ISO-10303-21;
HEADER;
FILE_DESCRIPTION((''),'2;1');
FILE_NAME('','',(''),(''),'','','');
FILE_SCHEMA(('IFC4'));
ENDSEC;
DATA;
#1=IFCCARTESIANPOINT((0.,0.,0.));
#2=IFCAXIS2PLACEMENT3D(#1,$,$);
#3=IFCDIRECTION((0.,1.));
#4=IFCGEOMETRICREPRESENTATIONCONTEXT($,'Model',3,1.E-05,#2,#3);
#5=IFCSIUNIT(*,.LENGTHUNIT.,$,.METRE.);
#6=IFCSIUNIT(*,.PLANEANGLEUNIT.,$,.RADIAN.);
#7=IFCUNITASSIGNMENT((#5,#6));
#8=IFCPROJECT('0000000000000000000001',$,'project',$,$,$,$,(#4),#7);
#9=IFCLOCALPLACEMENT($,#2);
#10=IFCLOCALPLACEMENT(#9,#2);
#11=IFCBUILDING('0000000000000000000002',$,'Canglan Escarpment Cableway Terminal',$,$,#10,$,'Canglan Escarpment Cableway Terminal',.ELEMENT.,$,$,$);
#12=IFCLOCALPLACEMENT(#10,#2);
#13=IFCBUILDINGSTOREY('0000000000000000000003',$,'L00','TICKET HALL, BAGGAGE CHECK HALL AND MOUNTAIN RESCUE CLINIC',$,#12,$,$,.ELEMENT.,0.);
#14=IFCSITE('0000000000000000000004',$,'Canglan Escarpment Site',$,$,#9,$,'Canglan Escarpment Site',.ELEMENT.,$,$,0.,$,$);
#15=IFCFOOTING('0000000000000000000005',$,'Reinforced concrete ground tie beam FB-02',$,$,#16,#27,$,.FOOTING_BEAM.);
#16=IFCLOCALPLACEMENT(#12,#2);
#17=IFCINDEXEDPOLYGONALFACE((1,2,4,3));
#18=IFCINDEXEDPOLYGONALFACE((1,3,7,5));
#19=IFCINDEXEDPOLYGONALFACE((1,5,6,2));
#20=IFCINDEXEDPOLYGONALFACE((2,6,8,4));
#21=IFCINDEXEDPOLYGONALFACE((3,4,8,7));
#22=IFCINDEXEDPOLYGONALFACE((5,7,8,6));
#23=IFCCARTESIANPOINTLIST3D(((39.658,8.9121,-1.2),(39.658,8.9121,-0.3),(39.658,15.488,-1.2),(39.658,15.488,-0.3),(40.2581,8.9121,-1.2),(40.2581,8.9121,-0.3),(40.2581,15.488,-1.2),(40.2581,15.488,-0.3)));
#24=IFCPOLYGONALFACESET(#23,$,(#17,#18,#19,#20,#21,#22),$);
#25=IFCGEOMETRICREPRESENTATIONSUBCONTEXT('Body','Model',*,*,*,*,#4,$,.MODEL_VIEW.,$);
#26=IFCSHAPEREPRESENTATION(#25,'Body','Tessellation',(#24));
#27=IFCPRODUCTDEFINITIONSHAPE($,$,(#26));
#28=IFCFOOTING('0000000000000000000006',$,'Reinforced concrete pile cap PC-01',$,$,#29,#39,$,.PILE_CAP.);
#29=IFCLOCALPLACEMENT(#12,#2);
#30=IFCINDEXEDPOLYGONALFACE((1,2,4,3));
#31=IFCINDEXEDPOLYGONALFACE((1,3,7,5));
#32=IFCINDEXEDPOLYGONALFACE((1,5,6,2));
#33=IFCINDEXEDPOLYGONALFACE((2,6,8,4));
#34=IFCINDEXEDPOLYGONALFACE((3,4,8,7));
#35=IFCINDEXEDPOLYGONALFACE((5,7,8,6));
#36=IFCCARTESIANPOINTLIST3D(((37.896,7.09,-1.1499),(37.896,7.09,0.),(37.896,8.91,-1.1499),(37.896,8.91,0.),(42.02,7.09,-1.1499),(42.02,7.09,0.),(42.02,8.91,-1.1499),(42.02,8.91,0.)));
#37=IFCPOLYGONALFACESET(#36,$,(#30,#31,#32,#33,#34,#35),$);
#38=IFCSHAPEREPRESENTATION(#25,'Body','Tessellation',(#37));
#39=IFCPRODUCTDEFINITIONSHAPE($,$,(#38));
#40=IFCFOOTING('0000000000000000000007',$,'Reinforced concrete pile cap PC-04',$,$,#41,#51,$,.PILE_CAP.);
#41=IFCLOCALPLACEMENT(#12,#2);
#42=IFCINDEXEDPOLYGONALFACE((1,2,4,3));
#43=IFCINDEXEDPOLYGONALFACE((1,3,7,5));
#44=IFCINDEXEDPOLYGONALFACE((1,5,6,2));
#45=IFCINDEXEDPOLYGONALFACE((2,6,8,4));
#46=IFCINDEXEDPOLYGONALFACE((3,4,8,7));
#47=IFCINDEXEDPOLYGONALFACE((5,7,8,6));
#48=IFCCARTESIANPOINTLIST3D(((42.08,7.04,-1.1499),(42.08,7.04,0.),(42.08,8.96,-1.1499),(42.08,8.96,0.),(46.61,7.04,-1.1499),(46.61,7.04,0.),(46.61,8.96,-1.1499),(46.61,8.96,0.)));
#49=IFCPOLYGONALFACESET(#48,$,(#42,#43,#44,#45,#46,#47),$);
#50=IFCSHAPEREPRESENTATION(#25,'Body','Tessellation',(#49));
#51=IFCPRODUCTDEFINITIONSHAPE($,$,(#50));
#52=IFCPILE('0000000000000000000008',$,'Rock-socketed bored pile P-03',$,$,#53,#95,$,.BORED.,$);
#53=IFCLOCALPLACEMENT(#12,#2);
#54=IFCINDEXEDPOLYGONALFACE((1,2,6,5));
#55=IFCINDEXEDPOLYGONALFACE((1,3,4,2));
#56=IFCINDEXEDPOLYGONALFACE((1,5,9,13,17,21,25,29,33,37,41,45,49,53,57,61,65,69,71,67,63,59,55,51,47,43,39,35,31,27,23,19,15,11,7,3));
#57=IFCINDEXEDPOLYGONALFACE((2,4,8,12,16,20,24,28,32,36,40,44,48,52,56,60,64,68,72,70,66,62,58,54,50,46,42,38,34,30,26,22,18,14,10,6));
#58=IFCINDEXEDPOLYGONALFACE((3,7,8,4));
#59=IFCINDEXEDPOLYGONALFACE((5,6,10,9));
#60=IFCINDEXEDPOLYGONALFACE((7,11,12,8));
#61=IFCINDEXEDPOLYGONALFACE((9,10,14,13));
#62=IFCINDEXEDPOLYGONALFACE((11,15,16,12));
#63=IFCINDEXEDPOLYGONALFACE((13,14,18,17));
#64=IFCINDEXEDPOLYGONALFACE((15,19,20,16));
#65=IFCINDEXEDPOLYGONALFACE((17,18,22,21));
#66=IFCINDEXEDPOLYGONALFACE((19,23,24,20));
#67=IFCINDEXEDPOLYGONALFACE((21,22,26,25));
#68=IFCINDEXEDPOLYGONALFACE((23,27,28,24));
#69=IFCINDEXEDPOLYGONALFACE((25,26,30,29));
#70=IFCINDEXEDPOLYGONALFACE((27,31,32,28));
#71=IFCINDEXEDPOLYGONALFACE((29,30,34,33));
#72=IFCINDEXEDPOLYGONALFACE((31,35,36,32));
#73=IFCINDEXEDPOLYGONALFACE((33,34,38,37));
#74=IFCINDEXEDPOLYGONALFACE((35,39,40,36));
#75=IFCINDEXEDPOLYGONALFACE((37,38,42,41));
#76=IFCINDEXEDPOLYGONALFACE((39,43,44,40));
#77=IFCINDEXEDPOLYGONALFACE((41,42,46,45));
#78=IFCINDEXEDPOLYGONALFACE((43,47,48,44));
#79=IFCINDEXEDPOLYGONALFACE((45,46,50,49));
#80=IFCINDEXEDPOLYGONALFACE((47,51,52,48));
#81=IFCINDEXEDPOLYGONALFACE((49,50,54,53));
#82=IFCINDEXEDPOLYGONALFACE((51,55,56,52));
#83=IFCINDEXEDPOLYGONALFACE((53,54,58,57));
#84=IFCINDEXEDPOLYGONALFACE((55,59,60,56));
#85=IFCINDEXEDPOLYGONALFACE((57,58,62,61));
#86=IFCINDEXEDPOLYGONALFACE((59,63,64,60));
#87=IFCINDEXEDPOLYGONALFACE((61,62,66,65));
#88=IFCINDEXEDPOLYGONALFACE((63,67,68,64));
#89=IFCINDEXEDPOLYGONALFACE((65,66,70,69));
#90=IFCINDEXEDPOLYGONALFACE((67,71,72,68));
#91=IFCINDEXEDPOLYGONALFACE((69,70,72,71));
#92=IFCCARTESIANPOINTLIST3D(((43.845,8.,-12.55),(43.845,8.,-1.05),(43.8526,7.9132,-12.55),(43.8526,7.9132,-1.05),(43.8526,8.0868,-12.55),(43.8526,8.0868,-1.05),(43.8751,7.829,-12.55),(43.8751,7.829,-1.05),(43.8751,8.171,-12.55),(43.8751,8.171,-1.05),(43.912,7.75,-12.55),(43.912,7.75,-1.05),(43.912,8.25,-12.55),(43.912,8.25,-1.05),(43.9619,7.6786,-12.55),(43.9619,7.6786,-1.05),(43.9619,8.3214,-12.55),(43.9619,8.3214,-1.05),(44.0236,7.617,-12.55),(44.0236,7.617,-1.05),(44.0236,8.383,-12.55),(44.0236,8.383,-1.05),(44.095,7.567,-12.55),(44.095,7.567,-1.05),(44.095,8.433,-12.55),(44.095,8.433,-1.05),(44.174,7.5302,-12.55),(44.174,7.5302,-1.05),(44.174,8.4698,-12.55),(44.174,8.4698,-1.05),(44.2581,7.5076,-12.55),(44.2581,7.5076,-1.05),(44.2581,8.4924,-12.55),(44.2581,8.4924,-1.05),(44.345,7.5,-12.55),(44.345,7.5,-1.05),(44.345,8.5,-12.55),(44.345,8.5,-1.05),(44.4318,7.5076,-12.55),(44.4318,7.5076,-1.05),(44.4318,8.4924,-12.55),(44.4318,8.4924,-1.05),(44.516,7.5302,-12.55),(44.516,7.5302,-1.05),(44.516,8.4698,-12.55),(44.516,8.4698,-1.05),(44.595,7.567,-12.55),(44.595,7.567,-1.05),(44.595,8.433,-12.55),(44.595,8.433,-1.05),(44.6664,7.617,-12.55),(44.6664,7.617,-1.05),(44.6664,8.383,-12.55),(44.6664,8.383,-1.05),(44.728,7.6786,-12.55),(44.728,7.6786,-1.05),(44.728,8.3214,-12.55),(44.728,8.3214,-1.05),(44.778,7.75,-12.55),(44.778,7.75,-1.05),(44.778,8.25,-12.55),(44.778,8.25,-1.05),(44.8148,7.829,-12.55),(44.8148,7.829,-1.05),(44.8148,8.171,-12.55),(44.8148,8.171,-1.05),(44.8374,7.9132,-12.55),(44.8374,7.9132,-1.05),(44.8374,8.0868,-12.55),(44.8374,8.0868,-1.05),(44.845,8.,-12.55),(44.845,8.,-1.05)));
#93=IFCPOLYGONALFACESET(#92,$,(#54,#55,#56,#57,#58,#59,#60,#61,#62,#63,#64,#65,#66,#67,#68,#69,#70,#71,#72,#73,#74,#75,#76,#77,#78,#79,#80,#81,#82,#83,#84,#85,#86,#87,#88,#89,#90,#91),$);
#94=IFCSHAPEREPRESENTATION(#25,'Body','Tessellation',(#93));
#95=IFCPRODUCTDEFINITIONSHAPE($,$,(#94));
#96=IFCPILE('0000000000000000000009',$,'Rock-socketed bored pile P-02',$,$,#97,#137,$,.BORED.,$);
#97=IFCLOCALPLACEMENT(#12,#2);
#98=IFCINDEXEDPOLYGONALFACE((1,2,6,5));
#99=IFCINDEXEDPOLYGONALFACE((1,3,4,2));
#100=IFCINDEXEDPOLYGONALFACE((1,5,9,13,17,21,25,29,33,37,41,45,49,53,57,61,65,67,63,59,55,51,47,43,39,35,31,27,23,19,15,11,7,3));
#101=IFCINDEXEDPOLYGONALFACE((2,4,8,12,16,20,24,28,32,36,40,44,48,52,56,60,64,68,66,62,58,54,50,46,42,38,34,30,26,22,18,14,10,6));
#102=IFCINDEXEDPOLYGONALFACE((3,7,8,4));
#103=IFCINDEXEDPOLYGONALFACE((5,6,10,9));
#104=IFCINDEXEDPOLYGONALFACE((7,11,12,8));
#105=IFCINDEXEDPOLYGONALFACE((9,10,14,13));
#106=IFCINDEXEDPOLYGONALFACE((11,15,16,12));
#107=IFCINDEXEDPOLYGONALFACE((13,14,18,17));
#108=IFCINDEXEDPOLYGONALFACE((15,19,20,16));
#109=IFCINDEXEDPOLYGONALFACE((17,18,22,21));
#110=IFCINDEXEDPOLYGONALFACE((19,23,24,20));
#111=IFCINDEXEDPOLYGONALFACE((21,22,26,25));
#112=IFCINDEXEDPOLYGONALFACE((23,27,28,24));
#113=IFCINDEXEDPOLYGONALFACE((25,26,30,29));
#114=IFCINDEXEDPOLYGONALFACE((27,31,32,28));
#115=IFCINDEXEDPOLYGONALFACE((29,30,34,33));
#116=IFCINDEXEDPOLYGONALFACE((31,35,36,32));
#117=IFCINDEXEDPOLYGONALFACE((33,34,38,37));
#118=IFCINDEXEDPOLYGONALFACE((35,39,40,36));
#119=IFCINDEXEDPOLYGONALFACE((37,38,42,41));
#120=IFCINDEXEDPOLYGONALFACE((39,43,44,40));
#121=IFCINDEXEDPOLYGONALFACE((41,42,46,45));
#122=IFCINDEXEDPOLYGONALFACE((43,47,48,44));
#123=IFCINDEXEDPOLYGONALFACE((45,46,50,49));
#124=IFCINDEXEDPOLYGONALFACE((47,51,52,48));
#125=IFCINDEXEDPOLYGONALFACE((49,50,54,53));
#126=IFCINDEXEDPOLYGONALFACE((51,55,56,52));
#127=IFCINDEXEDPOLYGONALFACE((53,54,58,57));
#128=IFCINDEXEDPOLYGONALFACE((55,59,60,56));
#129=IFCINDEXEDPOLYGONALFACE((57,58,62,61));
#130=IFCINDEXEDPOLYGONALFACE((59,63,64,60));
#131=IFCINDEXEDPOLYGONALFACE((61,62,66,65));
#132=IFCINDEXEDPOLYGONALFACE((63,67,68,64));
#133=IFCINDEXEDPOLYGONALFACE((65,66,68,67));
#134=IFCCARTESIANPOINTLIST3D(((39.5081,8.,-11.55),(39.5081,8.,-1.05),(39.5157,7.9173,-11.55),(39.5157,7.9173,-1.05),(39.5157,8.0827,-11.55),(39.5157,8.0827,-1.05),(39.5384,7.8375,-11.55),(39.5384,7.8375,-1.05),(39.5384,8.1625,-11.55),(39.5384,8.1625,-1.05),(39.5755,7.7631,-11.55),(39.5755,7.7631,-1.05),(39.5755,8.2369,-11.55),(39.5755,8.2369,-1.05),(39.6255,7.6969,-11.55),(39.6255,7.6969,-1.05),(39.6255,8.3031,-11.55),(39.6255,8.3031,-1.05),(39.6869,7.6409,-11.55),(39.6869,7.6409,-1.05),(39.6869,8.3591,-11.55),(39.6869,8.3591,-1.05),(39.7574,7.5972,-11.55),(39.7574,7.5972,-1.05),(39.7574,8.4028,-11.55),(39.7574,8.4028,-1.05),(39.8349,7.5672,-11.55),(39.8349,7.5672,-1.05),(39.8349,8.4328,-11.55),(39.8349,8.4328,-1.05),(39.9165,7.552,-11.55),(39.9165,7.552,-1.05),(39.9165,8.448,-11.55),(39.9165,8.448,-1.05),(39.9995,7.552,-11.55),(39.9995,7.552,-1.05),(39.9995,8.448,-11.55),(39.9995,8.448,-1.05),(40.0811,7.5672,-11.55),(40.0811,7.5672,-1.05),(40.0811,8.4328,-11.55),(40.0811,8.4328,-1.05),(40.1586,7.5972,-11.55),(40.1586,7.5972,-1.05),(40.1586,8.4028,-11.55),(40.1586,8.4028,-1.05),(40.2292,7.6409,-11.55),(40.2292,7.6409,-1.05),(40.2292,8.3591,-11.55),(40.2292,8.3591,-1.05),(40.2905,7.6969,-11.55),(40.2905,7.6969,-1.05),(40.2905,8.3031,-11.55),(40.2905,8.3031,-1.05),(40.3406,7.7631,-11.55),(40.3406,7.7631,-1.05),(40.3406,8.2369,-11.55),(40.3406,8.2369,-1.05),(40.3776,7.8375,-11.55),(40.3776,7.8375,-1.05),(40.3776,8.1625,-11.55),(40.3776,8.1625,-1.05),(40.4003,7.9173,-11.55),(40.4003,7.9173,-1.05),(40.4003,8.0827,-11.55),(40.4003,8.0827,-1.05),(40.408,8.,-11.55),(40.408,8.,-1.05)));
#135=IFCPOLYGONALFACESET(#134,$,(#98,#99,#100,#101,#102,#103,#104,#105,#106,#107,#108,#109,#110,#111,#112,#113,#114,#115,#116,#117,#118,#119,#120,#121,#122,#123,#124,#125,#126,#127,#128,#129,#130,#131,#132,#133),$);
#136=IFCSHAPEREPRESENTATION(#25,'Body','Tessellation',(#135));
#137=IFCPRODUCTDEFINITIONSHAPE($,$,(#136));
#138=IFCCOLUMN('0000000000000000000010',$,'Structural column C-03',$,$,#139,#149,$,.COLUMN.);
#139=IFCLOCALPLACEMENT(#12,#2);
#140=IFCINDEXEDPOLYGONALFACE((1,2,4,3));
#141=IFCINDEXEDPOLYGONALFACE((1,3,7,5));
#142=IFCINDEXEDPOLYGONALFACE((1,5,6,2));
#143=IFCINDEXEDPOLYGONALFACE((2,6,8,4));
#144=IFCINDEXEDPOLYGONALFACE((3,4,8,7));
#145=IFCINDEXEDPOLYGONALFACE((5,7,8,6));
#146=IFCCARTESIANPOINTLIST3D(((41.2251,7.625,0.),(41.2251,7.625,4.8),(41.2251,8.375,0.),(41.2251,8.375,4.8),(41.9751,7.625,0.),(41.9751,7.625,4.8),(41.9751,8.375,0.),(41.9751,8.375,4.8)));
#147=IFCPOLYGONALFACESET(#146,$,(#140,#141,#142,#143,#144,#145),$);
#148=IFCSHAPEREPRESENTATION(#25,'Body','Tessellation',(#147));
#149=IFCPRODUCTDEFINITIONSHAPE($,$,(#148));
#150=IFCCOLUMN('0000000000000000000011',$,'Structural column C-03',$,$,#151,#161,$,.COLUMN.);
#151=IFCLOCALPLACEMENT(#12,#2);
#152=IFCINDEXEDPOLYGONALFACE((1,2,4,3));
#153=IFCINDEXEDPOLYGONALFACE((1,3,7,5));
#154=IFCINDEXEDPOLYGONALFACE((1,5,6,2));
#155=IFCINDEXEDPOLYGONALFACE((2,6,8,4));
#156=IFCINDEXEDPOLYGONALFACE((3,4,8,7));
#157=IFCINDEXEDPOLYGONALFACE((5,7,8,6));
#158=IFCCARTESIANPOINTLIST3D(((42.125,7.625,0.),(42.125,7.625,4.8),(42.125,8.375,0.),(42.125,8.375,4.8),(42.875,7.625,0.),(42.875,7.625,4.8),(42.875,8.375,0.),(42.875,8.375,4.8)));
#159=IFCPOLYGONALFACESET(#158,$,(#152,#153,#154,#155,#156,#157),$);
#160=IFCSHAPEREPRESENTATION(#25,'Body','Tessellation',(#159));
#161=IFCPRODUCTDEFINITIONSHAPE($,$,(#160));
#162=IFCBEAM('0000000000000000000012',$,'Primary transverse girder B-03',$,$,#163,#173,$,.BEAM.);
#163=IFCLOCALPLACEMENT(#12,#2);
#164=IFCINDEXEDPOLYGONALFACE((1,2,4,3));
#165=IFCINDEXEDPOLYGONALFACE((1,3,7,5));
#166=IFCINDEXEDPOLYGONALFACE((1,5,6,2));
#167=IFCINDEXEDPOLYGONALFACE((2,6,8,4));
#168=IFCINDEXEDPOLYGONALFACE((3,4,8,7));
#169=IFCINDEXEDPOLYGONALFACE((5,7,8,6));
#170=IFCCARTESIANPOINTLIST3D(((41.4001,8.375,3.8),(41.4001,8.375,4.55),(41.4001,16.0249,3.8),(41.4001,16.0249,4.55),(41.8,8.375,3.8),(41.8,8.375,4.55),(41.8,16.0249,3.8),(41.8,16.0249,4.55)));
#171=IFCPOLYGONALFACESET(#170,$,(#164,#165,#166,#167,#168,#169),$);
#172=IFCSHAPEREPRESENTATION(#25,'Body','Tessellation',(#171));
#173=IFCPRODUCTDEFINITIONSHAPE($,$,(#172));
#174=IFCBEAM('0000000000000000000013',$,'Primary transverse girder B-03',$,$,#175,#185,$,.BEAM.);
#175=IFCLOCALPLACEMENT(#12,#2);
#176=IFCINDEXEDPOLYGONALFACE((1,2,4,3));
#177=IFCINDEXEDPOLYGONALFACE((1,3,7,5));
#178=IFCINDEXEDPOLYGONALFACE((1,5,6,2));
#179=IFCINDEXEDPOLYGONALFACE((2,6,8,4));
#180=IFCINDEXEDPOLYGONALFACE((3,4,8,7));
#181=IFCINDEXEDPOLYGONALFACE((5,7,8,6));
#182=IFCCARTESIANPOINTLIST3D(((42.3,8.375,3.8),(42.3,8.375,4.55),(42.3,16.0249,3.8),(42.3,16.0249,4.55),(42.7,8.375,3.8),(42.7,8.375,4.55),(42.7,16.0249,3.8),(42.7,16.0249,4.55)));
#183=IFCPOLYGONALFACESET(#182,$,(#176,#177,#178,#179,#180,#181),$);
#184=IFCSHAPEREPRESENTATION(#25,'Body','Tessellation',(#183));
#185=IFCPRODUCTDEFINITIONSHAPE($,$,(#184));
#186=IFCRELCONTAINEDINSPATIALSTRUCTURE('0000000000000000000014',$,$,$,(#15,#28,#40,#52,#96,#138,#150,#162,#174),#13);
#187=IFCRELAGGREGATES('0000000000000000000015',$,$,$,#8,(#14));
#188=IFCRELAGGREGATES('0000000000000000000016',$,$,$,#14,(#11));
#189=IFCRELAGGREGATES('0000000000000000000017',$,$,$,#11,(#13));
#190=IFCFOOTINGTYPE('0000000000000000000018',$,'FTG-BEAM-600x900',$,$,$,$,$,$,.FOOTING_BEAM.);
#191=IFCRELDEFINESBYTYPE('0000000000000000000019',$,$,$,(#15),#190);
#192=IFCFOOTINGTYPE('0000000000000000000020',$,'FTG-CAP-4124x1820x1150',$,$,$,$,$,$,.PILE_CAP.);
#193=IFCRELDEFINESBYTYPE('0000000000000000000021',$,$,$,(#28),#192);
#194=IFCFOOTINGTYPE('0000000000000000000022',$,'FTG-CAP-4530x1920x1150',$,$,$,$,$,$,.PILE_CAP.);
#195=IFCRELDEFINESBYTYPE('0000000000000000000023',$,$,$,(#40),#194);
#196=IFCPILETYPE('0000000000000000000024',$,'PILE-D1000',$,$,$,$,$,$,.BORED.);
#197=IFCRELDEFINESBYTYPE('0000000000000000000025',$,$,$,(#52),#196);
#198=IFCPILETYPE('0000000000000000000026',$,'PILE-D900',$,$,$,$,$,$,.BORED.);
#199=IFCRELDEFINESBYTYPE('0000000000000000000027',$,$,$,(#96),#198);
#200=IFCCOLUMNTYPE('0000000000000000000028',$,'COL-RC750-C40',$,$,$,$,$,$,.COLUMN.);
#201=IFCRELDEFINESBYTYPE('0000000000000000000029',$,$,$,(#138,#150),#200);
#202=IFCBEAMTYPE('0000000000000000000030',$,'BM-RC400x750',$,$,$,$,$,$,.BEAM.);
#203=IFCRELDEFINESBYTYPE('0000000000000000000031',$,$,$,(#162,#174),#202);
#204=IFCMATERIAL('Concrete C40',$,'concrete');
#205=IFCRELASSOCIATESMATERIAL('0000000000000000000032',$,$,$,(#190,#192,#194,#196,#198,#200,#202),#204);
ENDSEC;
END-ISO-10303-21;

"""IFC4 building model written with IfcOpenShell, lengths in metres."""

from ifc_helpers import new_model, si_unit, direction, frame, origin, origin_2d, place, context, subcontext, project, spatial, rectangle, circle, extrude, material, material_profile, profile_set, type_object, element, save


model = new_model("IFC4")

# Units and contexts
model_context = context("Model", 3, precision=1e-05, world=origin(), true_north=direction((0.0, 1.0)))
body_context = subcontext(model_context, "Body", "Model", "MODEL_VIEW")
ifc_project = project(units=[si_unit("LENGTHUNIT", "METRE"), si_unit("PLANEANGLEUNIT", "RADIAN")], contexts=[model_context])

# Site, building, storey
site_placement = place(None, origin())
site = spatial("IfcSite", under=ifc_project, at=site_placement, Name="Canglan Escarpment Site", LongName="Canglan Escarpment Site", CompositionType="ELEMENT", RefElevation=0.0)
building_placement = place(site_placement, origin())
building = spatial("IfcBuilding", under=site, at=building_placement, Name="Canglan Escarpment Cableway Terminal", LongName="Canglan Escarpment Cableway Terminal", CompositionType="ELEMENT")
storey_placement = place(building_placement, origin())
storey = spatial("IfcBuildingStorey", under=building, at=storey_placement, Name="L00", Description="TICKET HALL, BAGGAGE CHECK HALL AND MOUNTAIN RESCUE CLINIC", CompositionType="ELEMENT", Elevation=0.0)

# Footings
ifc_material_1 = material(Name="Concrete C40", Category="concrete")
ifc_material_profile_1 = material_profile(ifc_material_1, rectangle(XDim=0.6001, YDim=0.8999, at=origin_2d()), Name="FB 600x900")
ifc_profile_set_1 = profile_set([ifc_material_profile_1], Name="Concrete C40")
footing_type_1 = type_object("IfcFootingType", Name="FTG-BEAM-600x900", PredefinedType="FOOTING_BEAM", material=ifc_profile_set_1)
footing_1_placement = place(storey_placement, frame((39.958, 8.9121, -0.75), z_axis=(0.0, 1.0, 0.0), x_axis=(-1.0, 0.0, 0.0)))
element("IfcFooting", 1, at=footing_1_placement, inside=storey, type_object=footing_type_1, Name="Reinforced concrete ground tie beam FB-02", PredefinedType="FOOTING_BEAM", context=body_context, shape_type="SweptSolid", body=[
    extrude(rectangle(XDim=0.6001, YDim=0.8999, at=origin_2d()), origin(), (0.0, 0.0, 1.0), 6.5759),
])
footing_type_2 = type_object("IfcFootingType", Name="FTG-CAP-4124x1820x1150", PredefinedType="PILE_CAP", material=ifc_material_1)
footing_2_placement = place(storey_placement, frame((39.958, 8.0, -1.1499), z_axis=(0.0, 0.0, 1.0), x_axis=(1.0, 0.0, 0.0)))
element("IfcFooting", 2, at=footing_2_placement, inside=storey, type_object=footing_type_2, Name="Reinforced concrete pile cap PC-01", PredefinedType="PILE_CAP", context=body_context, shape_type="SweptSolid", body=[
    extrude(rectangle(XDim=4.124, YDim=1.8201, at=origin_2d()), origin(), (0.0, 0.0, 1.0), 1.1499),
])
footing_type_3 = type_object("IfcFootingType", Name="FTG-CAP-4530x1920x1150", PredefinedType="PILE_CAP", material=ifc_material_1)
footing_3_placement = place(storey_placement, frame((44.345, 8.0, -1.1499), z_axis=(0.0, 0.0, 1.0), x_axis=(1.0, 0.0, 0.0)))
element("IfcFooting", 3, at=footing_3_placement, inside=storey, type_object=footing_type_3, Name="Reinforced concrete pile cap PC-04", PredefinedType="PILE_CAP", context=body_context, shape_type="SweptSolid", body=[
    extrude(rectangle(XDim=4.53, YDim=1.9199, at=origin_2d()), origin(), (0.0, 0.0, 1.0), 1.1499),
])

# Piles
ifc_material_profile_2 = material_profile(ifc_material_1, circle(Radius=0.5, at=origin_2d()), Name="BORED PILE D1000")
ifc_profile_set_2 = profile_set([ifc_material_profile_2], Name="Concrete C40")
pile_type_1 = type_object("IfcPileType", Name="PILE-D1000", PredefinedType="BORED", material=ifc_profile_set_2)
pile_1_placement = place(storey_placement, frame((44.345, 8.0, -1.05), z_axis=(0.0, 0.0, -1.0), x_axis=(1.0, 0.0, 0.0)))
element("IfcPile", 4, at=pile_1_placement, inside=storey, type_object=pile_type_1, Name="Rock-socketed bored pile P-03", PredefinedType="BORED", context=body_context, shape_type="SweptSolid", body=[
    extrude(circle(Radius=0.5, at=origin_2d()), origin(), (0.0, 0.0, 1.0), 11.5),
])
ifc_material_profile_3 = material_profile(ifc_material_1, circle(Radius=0.45, at=origin_2d()), Name="BORED PILE D900")
ifc_profile_set_3 = profile_set([ifc_material_profile_3], Name="Concrete C40")
pile_type_2 = type_object("IfcPileType", Name="PILE-D900", PredefinedType="BORED", material=ifc_profile_set_3)
pile_2_placement = place(storey_placement, frame((39.958, 8.0, -1.05), z_axis=(0.0, 0.0, -1.0), x_axis=(1.0, 0.0, 0.0)))
element("IfcPile", 5, at=pile_2_placement, inside=storey, type_object=pile_type_2, Name="Rock-socketed bored pile P-02", PredefinedType="BORED", context=body_context, shape_type="SweptSolid", body=[
    extrude(circle(Radius=0.45, at=origin_2d()), origin(), (0.0, 0.0, 1.0), 10.5),
])

# Columns
ifc_material_profile_4 = material_profile(ifc_material_1, rectangle(XDim=0.75, YDim=0.75, at=origin_2d()), Name="RC 750x750")
ifc_profile_set_4 = profile_set([ifc_material_profile_4], Name="Concrete C40")
column_type = type_object("IfcColumnType", Name="COL-RC750-C40", PredefinedType="COLUMN", material=ifc_profile_set_4)
for number, where, z_axis, x_axis, name in (
    (6, (41.6001, 8.0, 0.0), (0.0, 0.0, 1.0), (1.0, 0.0, 0.0), "Structural column C-03"),
    (7, (42.5, 8.0, 0.0), (0.0, 0.0, 1.0), (1.0, 0.0, 0.0), "Structural column C-03"),
):
    element("IfcColumn", number, at=place(storey_placement, frame(where, z_axis=z_axis, x_axis=x_axis)), inside=storey, type_object=column_type, Name=name, PredefinedType="COLUMN", context=body_context, shape_type="SweptSolid", body=[
        extrude(rectangle(XDim=0.75, YDim=0.75, at=origin_2d()), origin(), (0.0, 0.0, 1.0), 4.8),
    ])

# Beams
ifc_material_profile_5 = material_profile(ifc_material_1, rectangle(XDim=0.3999, YDim=0.75, at=origin_2d()), Name="RC 400x750")
ifc_profile_set_5 = profile_set([ifc_material_profile_5], Name="Concrete C40")
beam_type_1 = type_object("IfcBeamType", Name="BM-RC400x750", PredefinedType="BEAM", material=ifc_profile_set_5)
for number, where, z_axis, x_axis, name in (
    (8, (41.6001, 8.375, 4.175), (0.0, 1.0, 0.0), (-1.0, 0.0, 0.0), "Primary transverse girder B-03"),
    (9, (42.5, 8.375, 4.175), (0.0, 1.0, 0.0), (-1.0, 0.0, 0.0), "Primary transverse girder B-03"),
):
    element("IfcBeam", number, at=place(storey_placement, frame(where, z_axis=z_axis, x_axis=x_axis)), inside=storey, type_object=beam_type_1, Name=name, PredefinedType="BEAM", context=body_context, shape_type="SweptSolid", body=[
        extrude(rectangle(XDim=0.3999, YDim=0.75, at=origin_2d()), origin(), (0.0, 0.0, 1.0), 7.6499),
    ])

save(model, "model.ifc")
